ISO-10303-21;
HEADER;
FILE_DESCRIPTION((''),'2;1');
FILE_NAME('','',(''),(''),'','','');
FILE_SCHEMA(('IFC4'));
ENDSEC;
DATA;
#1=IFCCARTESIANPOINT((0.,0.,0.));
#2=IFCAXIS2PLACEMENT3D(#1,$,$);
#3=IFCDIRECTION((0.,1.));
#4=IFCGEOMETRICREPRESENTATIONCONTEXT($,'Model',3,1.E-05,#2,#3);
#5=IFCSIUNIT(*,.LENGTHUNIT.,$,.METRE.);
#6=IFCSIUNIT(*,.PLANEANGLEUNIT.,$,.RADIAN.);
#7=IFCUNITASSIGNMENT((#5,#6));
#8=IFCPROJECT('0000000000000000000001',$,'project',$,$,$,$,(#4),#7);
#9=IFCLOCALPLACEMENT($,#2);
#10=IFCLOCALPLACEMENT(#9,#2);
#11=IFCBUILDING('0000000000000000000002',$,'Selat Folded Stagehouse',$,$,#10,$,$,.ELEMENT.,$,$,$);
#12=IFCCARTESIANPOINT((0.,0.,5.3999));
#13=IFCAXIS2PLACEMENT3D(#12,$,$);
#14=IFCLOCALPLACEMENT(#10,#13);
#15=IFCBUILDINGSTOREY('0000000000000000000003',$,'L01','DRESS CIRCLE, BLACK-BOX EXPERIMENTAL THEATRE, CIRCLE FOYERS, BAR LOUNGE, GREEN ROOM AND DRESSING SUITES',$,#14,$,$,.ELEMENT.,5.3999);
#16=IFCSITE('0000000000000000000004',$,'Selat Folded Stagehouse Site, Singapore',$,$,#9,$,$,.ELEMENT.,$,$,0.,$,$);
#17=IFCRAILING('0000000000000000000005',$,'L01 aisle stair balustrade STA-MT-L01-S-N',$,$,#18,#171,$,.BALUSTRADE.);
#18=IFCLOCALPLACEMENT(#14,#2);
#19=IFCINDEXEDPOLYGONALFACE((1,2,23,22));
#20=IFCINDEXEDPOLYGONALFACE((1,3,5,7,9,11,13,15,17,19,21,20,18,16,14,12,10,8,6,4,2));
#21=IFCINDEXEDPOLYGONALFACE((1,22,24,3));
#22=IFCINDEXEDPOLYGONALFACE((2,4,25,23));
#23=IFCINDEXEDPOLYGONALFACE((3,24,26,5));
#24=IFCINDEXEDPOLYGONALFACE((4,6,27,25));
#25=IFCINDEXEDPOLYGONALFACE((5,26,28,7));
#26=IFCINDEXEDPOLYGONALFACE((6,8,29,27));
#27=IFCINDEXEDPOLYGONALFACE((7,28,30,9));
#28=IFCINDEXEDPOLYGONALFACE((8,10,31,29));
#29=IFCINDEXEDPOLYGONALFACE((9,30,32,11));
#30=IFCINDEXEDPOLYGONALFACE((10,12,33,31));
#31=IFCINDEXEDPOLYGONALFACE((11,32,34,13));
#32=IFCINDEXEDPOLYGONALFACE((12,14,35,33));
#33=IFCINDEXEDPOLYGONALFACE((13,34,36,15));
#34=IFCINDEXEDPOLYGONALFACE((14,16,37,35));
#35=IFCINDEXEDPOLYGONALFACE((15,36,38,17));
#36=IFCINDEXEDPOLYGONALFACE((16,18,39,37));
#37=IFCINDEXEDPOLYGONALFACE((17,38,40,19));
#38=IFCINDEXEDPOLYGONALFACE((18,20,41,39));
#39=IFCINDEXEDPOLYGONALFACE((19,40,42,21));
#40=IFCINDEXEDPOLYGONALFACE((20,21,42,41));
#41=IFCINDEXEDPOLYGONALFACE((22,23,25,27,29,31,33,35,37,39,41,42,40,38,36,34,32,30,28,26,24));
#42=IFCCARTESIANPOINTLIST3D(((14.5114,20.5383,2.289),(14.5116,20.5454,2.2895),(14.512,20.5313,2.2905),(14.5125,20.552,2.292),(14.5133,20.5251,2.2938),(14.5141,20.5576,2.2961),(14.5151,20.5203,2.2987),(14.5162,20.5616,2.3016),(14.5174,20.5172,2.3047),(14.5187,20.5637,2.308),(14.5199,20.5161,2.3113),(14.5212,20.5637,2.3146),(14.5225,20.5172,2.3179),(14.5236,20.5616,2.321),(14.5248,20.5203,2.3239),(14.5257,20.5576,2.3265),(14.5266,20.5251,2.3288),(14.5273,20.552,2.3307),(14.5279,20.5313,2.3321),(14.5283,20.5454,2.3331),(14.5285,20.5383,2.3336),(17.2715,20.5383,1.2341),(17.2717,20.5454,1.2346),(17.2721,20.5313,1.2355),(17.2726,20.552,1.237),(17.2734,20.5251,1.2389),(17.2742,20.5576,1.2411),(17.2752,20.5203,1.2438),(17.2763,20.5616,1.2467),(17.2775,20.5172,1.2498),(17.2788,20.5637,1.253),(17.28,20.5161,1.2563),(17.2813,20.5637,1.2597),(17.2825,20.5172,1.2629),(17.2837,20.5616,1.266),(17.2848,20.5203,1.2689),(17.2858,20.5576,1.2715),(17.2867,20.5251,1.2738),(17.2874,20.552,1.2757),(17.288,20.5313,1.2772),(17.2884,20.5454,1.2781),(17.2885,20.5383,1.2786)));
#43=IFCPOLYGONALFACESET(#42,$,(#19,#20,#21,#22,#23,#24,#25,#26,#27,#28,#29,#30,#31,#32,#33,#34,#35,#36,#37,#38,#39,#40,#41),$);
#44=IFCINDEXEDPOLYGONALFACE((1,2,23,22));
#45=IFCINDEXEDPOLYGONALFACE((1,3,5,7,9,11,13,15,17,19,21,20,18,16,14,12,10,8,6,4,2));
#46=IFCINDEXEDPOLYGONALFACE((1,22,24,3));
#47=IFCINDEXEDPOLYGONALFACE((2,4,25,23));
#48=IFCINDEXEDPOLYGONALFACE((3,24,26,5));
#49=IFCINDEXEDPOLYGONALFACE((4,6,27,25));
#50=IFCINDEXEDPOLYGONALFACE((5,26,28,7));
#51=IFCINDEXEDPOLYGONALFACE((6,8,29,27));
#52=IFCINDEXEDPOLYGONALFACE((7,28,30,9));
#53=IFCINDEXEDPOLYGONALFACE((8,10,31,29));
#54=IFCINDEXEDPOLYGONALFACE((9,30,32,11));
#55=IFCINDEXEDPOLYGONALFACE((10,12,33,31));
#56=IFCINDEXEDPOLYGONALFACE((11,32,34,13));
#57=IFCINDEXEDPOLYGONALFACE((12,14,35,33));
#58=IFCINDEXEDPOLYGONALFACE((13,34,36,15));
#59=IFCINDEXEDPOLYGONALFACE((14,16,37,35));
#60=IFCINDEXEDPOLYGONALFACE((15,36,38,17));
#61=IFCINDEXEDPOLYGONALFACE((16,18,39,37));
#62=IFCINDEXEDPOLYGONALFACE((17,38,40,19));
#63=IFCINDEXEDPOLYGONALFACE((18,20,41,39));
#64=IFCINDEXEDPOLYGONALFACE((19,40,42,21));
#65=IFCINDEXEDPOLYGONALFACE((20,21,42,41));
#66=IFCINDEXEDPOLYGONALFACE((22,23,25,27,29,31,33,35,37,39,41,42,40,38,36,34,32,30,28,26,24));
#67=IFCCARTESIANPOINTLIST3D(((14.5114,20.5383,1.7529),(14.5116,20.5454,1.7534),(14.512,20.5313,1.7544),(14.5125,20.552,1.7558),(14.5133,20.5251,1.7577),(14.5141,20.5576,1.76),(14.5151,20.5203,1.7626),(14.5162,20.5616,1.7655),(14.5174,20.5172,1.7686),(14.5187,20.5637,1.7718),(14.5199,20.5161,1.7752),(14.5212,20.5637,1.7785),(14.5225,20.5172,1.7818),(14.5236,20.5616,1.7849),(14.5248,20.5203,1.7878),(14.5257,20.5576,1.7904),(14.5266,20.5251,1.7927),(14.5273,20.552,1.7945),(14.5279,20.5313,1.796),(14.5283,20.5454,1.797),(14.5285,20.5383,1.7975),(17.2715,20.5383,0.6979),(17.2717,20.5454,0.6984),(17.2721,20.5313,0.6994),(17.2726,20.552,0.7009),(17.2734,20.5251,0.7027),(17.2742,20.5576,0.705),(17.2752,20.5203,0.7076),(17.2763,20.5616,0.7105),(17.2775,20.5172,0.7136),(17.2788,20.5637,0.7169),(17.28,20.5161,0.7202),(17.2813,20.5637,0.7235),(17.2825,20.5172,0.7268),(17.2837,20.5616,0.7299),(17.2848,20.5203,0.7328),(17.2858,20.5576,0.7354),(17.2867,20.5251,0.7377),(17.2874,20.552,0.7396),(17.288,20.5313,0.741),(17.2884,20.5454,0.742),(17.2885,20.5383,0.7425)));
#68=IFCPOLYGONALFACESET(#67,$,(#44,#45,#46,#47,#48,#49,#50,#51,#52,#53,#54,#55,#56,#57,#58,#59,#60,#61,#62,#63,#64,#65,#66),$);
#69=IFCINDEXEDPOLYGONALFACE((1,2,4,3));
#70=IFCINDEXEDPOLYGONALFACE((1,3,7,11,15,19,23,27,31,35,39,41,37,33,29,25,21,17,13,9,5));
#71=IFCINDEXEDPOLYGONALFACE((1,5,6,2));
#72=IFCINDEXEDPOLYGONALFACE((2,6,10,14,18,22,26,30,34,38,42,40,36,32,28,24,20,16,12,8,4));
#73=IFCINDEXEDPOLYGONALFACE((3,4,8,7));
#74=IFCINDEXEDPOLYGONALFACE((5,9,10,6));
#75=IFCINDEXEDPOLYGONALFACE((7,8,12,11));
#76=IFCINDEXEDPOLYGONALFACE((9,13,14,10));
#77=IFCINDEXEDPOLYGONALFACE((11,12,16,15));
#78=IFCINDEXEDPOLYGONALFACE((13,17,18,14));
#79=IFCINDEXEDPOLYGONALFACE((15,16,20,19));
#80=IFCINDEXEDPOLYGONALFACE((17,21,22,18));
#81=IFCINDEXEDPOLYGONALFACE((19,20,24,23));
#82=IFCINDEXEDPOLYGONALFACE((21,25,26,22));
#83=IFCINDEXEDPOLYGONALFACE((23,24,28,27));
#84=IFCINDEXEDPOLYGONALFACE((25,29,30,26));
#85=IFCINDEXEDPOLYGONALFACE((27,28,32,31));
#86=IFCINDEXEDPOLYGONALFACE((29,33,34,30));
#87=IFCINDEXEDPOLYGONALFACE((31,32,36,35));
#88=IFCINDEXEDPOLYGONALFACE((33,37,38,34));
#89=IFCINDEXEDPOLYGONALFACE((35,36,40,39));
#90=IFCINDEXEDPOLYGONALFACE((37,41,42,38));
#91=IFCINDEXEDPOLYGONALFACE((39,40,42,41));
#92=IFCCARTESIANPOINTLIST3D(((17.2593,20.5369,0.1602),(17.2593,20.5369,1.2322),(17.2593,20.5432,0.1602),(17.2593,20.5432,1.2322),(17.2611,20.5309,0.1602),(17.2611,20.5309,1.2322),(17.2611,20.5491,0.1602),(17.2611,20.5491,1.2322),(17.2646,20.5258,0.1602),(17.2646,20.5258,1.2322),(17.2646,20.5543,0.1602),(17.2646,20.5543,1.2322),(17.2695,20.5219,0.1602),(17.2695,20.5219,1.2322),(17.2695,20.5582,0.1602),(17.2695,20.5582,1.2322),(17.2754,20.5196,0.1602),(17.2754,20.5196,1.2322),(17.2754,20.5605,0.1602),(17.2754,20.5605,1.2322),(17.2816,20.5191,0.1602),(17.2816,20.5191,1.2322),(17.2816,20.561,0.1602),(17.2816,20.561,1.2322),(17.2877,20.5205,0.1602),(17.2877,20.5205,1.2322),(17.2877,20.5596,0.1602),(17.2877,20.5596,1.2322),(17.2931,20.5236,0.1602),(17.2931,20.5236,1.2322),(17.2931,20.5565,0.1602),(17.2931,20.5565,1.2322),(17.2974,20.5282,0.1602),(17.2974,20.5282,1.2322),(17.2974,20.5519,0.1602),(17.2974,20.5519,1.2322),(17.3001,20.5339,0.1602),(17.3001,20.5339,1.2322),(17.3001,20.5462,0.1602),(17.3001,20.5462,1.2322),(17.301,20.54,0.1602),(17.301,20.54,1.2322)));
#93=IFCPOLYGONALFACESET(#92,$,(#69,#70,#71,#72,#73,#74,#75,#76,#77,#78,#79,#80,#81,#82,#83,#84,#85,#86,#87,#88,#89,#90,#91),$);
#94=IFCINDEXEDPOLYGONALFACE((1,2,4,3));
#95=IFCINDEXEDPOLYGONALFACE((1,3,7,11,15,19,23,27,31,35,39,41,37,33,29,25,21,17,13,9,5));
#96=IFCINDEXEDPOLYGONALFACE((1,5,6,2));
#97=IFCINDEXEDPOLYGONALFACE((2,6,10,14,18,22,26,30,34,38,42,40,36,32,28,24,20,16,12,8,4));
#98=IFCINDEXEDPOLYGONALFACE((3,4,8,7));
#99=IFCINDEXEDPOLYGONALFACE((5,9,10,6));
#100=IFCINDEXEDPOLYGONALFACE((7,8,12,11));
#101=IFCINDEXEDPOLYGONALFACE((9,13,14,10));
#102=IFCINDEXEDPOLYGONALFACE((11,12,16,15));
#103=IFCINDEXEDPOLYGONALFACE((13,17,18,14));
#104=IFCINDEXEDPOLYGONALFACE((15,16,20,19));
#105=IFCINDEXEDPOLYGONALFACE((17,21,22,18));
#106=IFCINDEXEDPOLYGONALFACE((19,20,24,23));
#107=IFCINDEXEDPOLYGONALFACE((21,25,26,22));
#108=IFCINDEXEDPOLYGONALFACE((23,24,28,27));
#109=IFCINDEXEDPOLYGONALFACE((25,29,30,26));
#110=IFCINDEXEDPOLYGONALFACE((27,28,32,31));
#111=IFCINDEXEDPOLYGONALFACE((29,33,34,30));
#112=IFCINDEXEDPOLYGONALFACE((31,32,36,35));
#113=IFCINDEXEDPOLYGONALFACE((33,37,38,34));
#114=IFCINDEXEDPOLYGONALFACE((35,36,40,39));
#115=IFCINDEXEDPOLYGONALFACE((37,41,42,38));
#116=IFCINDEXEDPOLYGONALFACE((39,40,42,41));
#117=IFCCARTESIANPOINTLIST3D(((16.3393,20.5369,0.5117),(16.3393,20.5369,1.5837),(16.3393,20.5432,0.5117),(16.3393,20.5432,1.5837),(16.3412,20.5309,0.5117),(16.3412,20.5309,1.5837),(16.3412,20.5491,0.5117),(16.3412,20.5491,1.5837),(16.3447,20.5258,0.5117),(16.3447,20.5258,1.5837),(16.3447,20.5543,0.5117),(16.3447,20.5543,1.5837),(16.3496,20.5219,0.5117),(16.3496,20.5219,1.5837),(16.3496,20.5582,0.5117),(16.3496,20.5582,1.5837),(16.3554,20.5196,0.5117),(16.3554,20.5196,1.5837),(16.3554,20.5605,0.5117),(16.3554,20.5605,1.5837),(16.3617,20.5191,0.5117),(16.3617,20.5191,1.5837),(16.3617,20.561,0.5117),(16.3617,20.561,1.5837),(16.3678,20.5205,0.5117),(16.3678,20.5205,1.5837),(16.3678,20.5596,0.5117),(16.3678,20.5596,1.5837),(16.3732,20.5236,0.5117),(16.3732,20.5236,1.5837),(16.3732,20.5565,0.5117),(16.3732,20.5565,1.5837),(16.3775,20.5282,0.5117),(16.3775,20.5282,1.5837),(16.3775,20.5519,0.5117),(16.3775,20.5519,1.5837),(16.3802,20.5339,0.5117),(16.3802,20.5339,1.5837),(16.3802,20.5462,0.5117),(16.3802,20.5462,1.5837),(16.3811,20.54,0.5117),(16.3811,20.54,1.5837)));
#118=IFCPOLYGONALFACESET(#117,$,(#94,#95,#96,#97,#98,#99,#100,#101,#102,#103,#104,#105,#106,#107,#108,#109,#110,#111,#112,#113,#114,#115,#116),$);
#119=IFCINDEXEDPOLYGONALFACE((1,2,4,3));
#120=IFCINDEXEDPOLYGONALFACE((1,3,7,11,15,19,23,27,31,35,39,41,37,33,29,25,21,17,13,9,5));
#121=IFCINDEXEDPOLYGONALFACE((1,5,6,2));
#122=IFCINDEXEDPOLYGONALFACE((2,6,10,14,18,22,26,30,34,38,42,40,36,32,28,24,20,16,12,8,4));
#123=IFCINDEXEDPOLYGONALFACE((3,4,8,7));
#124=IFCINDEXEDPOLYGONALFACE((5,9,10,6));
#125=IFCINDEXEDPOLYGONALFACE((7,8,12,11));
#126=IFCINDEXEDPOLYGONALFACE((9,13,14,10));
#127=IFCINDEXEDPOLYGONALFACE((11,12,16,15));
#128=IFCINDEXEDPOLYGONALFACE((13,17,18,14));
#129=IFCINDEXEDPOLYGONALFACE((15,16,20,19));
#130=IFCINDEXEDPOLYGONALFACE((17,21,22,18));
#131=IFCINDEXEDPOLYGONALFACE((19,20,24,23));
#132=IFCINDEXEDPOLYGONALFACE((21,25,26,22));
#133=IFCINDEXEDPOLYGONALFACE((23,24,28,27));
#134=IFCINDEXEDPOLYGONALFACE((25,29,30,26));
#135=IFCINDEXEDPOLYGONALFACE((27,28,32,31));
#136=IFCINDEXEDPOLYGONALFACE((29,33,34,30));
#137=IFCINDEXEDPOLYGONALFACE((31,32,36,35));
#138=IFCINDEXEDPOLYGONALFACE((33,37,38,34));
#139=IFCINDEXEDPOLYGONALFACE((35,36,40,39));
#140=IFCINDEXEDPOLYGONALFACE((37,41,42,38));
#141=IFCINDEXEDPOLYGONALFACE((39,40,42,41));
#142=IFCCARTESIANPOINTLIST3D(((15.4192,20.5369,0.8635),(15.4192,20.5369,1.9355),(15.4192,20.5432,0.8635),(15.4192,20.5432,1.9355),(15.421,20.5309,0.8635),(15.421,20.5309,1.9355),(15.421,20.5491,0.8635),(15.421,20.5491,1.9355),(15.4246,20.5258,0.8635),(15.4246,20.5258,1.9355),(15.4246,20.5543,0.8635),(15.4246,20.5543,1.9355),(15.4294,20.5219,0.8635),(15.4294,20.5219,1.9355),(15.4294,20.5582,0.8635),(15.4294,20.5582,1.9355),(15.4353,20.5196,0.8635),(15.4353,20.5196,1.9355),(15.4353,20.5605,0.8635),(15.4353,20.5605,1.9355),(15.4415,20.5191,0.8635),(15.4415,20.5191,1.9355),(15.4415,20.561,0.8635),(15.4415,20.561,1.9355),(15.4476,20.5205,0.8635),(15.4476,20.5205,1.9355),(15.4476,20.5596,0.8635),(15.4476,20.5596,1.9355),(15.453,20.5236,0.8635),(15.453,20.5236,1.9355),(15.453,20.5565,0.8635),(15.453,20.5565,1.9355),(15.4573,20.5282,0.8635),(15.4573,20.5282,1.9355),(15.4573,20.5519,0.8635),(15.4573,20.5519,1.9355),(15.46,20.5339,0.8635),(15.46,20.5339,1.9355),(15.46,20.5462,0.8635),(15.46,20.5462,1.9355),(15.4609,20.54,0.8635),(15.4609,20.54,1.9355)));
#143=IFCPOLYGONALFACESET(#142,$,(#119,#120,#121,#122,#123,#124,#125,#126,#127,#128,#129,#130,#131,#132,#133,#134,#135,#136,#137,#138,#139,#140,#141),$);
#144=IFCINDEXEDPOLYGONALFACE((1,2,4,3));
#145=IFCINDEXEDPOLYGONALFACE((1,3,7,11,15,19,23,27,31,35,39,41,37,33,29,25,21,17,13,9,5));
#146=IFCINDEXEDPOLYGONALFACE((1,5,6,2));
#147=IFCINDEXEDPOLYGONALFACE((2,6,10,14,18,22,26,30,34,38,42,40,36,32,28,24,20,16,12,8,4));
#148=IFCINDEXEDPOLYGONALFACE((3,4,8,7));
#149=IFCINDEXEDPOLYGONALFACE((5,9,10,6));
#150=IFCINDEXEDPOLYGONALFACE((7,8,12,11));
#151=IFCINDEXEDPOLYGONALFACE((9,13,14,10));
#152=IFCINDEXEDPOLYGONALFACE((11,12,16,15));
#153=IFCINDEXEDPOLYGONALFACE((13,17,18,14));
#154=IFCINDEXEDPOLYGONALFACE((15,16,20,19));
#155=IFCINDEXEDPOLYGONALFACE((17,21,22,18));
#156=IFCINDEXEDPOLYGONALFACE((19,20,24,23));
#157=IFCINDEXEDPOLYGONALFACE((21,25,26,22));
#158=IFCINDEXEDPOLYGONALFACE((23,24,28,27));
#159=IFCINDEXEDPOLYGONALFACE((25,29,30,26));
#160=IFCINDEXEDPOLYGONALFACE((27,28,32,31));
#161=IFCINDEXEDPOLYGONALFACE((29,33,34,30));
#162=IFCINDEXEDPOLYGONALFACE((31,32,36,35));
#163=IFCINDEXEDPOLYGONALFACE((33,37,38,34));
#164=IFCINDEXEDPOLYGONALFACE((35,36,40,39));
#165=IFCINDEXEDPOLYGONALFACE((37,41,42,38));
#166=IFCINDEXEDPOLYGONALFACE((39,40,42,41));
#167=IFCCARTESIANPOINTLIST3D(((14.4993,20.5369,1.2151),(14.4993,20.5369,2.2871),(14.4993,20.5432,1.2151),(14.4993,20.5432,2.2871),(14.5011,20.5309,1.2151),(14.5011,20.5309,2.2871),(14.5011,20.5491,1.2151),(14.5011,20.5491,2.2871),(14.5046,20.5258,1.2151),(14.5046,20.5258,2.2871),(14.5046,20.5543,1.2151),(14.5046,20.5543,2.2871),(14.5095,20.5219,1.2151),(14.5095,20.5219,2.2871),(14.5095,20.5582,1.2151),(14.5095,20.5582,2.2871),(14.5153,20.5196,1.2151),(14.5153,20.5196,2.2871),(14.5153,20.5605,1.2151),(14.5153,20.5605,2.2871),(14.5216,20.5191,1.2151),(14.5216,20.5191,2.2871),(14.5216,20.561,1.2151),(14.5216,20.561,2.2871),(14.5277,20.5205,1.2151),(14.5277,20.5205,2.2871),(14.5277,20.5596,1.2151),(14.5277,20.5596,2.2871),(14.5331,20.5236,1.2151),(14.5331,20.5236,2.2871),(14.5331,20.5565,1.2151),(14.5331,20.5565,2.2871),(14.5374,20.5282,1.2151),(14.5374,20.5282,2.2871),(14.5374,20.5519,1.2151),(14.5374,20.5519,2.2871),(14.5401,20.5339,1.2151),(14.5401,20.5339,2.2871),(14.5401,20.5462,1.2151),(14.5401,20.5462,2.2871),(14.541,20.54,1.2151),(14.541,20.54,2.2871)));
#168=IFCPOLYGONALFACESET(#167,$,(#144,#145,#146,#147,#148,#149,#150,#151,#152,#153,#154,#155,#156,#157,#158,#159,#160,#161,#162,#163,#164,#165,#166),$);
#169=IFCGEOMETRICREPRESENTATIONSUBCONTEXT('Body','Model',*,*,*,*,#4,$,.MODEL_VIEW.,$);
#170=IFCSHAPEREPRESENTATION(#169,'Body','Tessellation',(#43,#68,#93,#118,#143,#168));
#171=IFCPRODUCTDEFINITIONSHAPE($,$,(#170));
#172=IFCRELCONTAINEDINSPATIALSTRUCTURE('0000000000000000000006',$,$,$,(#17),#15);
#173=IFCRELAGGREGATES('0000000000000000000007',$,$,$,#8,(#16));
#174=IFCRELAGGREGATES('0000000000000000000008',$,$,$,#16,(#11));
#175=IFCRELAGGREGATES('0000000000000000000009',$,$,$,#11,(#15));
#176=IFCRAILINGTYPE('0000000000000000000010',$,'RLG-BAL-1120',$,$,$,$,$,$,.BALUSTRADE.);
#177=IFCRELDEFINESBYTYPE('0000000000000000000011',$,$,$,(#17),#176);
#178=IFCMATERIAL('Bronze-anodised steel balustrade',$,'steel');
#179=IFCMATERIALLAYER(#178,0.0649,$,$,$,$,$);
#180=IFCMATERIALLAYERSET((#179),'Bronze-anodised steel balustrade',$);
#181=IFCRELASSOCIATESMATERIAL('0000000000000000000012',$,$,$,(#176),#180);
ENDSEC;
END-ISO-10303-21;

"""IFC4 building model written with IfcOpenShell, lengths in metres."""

from ifc_helpers import new_model, si_unit, direction, frame, origin, origin_2d, place, context, subcontext, project, spatial, circle, extrude, material, layer, layer_set, type_object, element, save


model = new_model("IFC4")

# Units and contexts
model_context = context("Model", 3, precision=1e-05, world=origin(), true_north=direction((0.0, 1.0)))
body_context = subcontext(model_context, "Body", "Model", "MODEL_VIEW")
ifc_project = project(units=[si_unit("LENGTHUNIT", "METRE"), si_unit("PLANEANGLEUNIT", "RADIAN")], contexts=[model_context])

# Site, building, storey
site_placement = place(None, origin())
site = spatial("IfcSite", under=ifc_project, at=site_placement, Name="Selat Folded Stagehouse Site, Singapore", CompositionType="ELEMENT", RefElevation=0.0)
building_placement = place(site_placement, origin())
building = spatial("IfcBuilding", under=site, at=building_placement, Name="Selat Folded Stagehouse", CompositionType="ELEMENT")
storey_placement = place(building_placement, frame((0.0, 0.0, 5.3999)))
storey = spatial("IfcBuildingStorey", under=building, at=storey_placement, Name="L01", Description="DRESS CIRCLE, BLACK-BOX EXPERIMENTAL THEATRE, CIRCLE FOYERS, BAR LOUNGE, GREEN ROOM AND DRESSING SUITES", CompositionType="ELEMENT", Elevation=5.3999)

# Railing
ifc_material_1 = material(Name="Bronze-anodised steel balustrade", Category="steel")
ifc_layer_1 = layer(ifc_material_1, 0.0649)
ifc_layer_set_1 = layer_set([ifc_layer_1], Name="Bronze-anodised steel balustrade")
railing_type_1 = type_object("IfcRailingType", Name="RLG-BAL-1120", PredefinedType="BALUSTRADE", material=ifc_layer_set_1)
for number, where, name in (
    (1, (17.28, 20.54, 0.1602), "L01 aisle stair balustrade STA-MT-L01-S-N"),
):
    element("IfcRailing", number, at=place(storey_placement, frame(where)), inside=storey, type_object=railing_type_1, Name=name, PredefinedType="BALUSTRADE", context=body_context, shape_type="SweptSolid", body=[
        extrude(circle(Radius=0.0239, at=origin_2d()), frame((0.0, 0.0, 1.0962), z_axis=(-0.934093, 0.0, 0.357029), x_axis=(0.0, -1.0, 0.0)), (0.0, 0.0, 1.0), 2.9548),
        extrude(circle(Radius=0.0239, at=origin_2d()), frame((0.0, 0.0, 0.5601), z_axis=(-0.934093, 0.0, 0.357029), x_axis=(0.0, -1.0, 0.0)), (0.0, 0.0, 1.0), 2.9548),
        extrude(circle(Radius=0.021, at=origin_2d()), origin(), (0.0, 0.0, 1.0), 1.072),
        extrude(circle(Radius=0.021, at=origin_2d()), frame((-0.9199, 0.0, 0.3516)), (0.0, 0.0, 1.0), 1.072),
        extrude(circle(Radius=0.021, at=origin_2d()), frame((-1.8401, 0.0, 0.7034)), (0.0, 0.0, 1.0), 1.072),
        extrude(circle(Radius=0.021, at=origin_2d()), frame((-2.76, 0.0, 1.0549)), (0.0, 0.0, 1.0), 1.072),
    ])

save(model, "model.ifc")
